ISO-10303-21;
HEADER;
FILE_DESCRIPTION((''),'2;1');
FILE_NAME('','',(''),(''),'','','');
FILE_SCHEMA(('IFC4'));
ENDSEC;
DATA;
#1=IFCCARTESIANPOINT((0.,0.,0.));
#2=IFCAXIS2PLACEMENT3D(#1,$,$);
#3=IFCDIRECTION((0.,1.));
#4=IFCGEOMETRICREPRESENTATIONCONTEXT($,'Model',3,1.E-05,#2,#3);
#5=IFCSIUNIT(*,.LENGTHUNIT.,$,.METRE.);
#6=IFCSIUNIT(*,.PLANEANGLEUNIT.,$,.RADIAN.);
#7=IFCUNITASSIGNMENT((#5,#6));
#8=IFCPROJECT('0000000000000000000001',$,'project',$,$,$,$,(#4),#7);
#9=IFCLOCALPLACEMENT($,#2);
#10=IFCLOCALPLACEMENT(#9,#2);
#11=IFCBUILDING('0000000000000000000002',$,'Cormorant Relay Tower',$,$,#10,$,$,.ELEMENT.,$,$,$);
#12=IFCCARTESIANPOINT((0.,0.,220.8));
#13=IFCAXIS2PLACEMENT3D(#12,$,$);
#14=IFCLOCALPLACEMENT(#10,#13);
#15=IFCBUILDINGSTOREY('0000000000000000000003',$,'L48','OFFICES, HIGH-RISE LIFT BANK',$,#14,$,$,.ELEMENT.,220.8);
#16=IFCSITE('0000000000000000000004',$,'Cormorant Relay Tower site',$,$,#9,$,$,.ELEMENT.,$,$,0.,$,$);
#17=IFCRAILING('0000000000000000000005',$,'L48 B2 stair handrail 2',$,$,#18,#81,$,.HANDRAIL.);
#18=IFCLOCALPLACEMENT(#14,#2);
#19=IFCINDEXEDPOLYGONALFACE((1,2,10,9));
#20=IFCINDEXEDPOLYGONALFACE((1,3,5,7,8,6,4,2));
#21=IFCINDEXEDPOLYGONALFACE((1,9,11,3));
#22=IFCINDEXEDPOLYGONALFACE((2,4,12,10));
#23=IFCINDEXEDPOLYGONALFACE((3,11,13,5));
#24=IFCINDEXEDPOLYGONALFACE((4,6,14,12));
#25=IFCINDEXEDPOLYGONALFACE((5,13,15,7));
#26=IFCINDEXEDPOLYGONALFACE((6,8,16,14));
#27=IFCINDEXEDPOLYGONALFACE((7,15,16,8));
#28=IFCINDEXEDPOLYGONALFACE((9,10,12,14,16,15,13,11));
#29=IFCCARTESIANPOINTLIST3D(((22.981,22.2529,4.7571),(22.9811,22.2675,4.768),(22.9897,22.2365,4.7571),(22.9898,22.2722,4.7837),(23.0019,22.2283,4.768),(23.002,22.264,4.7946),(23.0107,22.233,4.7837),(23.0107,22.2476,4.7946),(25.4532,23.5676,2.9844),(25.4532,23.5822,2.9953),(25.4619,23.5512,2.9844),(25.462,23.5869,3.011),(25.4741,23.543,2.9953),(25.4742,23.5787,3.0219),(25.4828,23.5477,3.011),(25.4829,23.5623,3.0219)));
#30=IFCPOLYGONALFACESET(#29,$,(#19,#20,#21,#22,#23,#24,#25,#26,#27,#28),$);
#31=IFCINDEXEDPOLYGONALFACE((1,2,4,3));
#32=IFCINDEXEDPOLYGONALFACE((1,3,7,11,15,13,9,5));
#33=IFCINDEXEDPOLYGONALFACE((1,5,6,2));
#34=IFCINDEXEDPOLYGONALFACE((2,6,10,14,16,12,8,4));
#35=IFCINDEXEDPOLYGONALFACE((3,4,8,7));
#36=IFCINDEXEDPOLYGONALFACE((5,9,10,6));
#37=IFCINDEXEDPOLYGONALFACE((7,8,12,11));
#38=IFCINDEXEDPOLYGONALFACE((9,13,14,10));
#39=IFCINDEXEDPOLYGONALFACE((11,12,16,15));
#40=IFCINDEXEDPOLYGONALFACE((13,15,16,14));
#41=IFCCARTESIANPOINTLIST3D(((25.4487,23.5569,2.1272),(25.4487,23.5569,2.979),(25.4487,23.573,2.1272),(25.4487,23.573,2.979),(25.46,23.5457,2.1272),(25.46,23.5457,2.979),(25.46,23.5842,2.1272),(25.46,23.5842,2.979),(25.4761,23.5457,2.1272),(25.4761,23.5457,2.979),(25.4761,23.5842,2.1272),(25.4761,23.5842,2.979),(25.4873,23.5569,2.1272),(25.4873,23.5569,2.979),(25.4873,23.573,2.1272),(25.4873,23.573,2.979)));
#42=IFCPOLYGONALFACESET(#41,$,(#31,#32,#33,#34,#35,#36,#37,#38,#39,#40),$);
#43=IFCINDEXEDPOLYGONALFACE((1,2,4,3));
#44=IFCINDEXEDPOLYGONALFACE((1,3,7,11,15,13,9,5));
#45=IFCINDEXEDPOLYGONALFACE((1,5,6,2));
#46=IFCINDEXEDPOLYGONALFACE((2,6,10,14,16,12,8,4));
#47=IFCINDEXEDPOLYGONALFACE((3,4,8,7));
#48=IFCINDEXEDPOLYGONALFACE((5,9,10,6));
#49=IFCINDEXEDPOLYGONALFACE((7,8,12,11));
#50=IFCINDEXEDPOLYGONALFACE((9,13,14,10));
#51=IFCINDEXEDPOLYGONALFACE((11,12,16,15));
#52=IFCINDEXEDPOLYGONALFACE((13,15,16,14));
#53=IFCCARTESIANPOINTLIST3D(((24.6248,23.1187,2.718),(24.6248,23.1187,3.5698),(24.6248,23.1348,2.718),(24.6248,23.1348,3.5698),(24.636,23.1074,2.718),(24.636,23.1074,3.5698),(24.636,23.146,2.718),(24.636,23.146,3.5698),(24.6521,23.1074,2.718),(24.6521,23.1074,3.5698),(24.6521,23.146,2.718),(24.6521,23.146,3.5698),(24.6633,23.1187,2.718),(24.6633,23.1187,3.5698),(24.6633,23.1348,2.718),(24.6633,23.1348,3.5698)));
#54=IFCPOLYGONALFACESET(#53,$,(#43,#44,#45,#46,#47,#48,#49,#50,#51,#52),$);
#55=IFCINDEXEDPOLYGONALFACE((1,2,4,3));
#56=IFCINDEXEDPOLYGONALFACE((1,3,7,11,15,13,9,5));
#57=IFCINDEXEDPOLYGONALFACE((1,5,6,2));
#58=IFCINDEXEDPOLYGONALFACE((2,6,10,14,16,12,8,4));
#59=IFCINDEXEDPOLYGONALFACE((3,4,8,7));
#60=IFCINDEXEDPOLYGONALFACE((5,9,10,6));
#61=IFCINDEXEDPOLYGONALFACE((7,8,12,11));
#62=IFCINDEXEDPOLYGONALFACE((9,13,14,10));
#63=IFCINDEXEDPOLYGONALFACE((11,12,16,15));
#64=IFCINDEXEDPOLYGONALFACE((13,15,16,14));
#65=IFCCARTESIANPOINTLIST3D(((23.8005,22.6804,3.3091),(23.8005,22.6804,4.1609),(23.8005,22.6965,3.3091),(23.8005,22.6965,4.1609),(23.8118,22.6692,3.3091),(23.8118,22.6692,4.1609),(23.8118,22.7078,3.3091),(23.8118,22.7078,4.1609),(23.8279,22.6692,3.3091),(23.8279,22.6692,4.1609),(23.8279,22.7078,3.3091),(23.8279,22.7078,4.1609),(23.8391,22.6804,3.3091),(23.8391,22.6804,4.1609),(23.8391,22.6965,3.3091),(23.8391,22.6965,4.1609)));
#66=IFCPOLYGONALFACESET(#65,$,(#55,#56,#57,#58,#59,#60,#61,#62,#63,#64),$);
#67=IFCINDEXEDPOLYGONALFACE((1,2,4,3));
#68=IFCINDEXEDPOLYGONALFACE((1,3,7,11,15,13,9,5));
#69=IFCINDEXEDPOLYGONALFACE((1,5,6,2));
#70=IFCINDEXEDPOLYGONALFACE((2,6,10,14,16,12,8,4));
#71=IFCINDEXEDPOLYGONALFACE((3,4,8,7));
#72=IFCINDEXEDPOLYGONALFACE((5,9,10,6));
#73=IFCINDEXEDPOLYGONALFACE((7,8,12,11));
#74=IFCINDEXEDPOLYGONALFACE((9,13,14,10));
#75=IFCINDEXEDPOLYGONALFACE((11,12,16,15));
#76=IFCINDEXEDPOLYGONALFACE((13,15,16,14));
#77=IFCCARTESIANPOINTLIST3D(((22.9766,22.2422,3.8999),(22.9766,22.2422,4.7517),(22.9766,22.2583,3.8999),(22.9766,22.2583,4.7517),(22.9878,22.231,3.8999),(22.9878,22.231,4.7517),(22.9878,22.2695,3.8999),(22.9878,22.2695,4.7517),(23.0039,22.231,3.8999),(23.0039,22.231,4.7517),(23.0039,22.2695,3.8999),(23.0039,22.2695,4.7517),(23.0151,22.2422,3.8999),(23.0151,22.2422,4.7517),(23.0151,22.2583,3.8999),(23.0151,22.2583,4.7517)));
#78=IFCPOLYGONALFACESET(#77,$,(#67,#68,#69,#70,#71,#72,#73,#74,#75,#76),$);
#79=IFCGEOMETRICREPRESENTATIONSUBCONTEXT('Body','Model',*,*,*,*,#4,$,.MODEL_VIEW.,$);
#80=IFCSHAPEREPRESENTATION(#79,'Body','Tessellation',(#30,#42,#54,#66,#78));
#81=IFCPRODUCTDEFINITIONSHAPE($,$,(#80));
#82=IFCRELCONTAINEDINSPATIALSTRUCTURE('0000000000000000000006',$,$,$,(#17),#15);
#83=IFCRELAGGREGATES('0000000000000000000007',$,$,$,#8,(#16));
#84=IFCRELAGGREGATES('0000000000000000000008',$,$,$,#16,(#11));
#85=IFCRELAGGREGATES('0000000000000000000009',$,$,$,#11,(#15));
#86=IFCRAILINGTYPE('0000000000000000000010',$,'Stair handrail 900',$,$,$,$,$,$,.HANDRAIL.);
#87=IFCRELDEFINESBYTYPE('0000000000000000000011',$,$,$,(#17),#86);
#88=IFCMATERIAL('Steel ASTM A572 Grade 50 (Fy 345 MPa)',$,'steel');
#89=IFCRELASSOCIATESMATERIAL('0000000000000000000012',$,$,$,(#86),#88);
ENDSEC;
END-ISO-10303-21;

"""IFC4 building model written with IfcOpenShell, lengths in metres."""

from ifc_helpers import new_model, si_unit, direction, frame, origin, place, context, subcontext, project, spatial, polyline, outline, extrude, material, type_object, element, save


model = new_model("IFC4")

# Units and contexts
model_context = context("Model", 3, precision=1e-05, world=origin(), true_north=direction((0.0, 1.0)))
body_context = subcontext(model_context, "Body", "Model", "MODEL_VIEW")
ifc_project = project(units=[si_unit("LENGTHUNIT", "METRE"), si_unit("PLANEANGLEUNIT", "RADIAN")], contexts=[model_context])

# Site, building, storey
site_placement = place(None, origin())
site = spatial("IfcSite", under=ifc_project, at=site_placement, Name="Cormorant Relay Tower site", CompositionType="ELEMENT", RefElevation=0.0)
building_placement = place(site_placement, origin())
building = spatial("IfcBuilding", under=site, at=building_placement, Name="Cormorant Relay Tower", CompositionType="ELEMENT")
storey_placement = place(building_placement, frame((0.0, 0.0, 220.8)))
storey = spatial("IfcBuildingStorey", under=building, at=storey_placement, Name="L48", Description="OFFICES, HIGH-RISE LIFT BANK", CompositionType="ELEMENT", Elevation=220.8)

# Railing
ifc_material_1 = material(Name="Steel ASTM A572 Grade 50 (Fy 345 MPa)", Category="steel")
railing_type = type_object("IfcRailingType", Name="Stair handrail 900", PredefinedType="HANDRAIL", material=ifc_material_1)
railing_placement = place(storey_placement, frame((25.468, 23.5649, 2.1272)))
element("IfcRailing", 1, at=railing_placement, inside=storey, type_object=railing_type, Name="L48 B2 stair handrail 2", PredefinedType="HANDRAIL", context=body_context, shape_type="SweptSolid", body=[
    extrude(outline(polyline([(0.0222, 0.0093), (0.0093, 0.0222), (-0.0093, 0.0222), (-0.0222, 0.0093), (-0.0222, -0.0093), (-0.0093, -0.0222), (0.0093, -0.0222), (0.0222, -0.0093), (0.0222, 0.0093)])), frame((0.0, 0.0, 0.876), z_axis=(-0.745979, -0.396711, 0.534916), x_axis=(0.469533, -0.882915, 0.0)), (0.0, 0.0, 1.0), 3.314),
    extrude(outline(polyline([(0.0193, 0.0081), (0.0081, 0.0193), (-0.0081, 0.0193), (-0.0193, 0.0081), (-0.0193, -0.0081), (-0.0081, -0.0193), (0.0081, -0.0193), (0.0193, -0.0081), (0.0193, 0.0081)])), origin(), (0.0, 0.0, 1.0), 0.8518),
    extrude(outline(polyline([(0.0193, 0.0081), (0.0081, 0.0193), (-0.0081, 0.0193), (-0.0193, 0.0081), (-0.0193, -0.0081), (-0.0081, -0.0193), (0.0081, -0.0193), (0.0193, -0.0081), (0.0193, 0.0081)])), frame((-0.824, -0.4382, 0.5908)), (0.0, 0.0, 1.0), 0.8518),
    extrude(outline(polyline([(0.0193, 0.0081), (0.0081, 0.0193), (-0.0081, 0.0193), (-0.0193, 0.0081), (-0.0193, -0.0081), (-0.0081, -0.0193), (0.0081, -0.0193), (0.0193, -0.0081), (0.0193, 0.0081)])), frame((-1.6482, -0.8765, 1.1819)), (0.0, 0.0, 1.0), 0.8518),
    extrude(outline(polyline([(0.0193, 0.0081), (0.0081, 0.0193), (-0.0081, 0.0193), (-0.0193, 0.0081), (-0.0193, -0.0081), (-0.0081, -0.0193), (0.0081, -0.0193), (0.0193, -0.0081), (0.0193, 0.0081)])), frame((-2.4722, -1.3147, 1.7727)), (0.0, 0.0, 1.0), 0.8518),
])

save(model, "model.ifc")
